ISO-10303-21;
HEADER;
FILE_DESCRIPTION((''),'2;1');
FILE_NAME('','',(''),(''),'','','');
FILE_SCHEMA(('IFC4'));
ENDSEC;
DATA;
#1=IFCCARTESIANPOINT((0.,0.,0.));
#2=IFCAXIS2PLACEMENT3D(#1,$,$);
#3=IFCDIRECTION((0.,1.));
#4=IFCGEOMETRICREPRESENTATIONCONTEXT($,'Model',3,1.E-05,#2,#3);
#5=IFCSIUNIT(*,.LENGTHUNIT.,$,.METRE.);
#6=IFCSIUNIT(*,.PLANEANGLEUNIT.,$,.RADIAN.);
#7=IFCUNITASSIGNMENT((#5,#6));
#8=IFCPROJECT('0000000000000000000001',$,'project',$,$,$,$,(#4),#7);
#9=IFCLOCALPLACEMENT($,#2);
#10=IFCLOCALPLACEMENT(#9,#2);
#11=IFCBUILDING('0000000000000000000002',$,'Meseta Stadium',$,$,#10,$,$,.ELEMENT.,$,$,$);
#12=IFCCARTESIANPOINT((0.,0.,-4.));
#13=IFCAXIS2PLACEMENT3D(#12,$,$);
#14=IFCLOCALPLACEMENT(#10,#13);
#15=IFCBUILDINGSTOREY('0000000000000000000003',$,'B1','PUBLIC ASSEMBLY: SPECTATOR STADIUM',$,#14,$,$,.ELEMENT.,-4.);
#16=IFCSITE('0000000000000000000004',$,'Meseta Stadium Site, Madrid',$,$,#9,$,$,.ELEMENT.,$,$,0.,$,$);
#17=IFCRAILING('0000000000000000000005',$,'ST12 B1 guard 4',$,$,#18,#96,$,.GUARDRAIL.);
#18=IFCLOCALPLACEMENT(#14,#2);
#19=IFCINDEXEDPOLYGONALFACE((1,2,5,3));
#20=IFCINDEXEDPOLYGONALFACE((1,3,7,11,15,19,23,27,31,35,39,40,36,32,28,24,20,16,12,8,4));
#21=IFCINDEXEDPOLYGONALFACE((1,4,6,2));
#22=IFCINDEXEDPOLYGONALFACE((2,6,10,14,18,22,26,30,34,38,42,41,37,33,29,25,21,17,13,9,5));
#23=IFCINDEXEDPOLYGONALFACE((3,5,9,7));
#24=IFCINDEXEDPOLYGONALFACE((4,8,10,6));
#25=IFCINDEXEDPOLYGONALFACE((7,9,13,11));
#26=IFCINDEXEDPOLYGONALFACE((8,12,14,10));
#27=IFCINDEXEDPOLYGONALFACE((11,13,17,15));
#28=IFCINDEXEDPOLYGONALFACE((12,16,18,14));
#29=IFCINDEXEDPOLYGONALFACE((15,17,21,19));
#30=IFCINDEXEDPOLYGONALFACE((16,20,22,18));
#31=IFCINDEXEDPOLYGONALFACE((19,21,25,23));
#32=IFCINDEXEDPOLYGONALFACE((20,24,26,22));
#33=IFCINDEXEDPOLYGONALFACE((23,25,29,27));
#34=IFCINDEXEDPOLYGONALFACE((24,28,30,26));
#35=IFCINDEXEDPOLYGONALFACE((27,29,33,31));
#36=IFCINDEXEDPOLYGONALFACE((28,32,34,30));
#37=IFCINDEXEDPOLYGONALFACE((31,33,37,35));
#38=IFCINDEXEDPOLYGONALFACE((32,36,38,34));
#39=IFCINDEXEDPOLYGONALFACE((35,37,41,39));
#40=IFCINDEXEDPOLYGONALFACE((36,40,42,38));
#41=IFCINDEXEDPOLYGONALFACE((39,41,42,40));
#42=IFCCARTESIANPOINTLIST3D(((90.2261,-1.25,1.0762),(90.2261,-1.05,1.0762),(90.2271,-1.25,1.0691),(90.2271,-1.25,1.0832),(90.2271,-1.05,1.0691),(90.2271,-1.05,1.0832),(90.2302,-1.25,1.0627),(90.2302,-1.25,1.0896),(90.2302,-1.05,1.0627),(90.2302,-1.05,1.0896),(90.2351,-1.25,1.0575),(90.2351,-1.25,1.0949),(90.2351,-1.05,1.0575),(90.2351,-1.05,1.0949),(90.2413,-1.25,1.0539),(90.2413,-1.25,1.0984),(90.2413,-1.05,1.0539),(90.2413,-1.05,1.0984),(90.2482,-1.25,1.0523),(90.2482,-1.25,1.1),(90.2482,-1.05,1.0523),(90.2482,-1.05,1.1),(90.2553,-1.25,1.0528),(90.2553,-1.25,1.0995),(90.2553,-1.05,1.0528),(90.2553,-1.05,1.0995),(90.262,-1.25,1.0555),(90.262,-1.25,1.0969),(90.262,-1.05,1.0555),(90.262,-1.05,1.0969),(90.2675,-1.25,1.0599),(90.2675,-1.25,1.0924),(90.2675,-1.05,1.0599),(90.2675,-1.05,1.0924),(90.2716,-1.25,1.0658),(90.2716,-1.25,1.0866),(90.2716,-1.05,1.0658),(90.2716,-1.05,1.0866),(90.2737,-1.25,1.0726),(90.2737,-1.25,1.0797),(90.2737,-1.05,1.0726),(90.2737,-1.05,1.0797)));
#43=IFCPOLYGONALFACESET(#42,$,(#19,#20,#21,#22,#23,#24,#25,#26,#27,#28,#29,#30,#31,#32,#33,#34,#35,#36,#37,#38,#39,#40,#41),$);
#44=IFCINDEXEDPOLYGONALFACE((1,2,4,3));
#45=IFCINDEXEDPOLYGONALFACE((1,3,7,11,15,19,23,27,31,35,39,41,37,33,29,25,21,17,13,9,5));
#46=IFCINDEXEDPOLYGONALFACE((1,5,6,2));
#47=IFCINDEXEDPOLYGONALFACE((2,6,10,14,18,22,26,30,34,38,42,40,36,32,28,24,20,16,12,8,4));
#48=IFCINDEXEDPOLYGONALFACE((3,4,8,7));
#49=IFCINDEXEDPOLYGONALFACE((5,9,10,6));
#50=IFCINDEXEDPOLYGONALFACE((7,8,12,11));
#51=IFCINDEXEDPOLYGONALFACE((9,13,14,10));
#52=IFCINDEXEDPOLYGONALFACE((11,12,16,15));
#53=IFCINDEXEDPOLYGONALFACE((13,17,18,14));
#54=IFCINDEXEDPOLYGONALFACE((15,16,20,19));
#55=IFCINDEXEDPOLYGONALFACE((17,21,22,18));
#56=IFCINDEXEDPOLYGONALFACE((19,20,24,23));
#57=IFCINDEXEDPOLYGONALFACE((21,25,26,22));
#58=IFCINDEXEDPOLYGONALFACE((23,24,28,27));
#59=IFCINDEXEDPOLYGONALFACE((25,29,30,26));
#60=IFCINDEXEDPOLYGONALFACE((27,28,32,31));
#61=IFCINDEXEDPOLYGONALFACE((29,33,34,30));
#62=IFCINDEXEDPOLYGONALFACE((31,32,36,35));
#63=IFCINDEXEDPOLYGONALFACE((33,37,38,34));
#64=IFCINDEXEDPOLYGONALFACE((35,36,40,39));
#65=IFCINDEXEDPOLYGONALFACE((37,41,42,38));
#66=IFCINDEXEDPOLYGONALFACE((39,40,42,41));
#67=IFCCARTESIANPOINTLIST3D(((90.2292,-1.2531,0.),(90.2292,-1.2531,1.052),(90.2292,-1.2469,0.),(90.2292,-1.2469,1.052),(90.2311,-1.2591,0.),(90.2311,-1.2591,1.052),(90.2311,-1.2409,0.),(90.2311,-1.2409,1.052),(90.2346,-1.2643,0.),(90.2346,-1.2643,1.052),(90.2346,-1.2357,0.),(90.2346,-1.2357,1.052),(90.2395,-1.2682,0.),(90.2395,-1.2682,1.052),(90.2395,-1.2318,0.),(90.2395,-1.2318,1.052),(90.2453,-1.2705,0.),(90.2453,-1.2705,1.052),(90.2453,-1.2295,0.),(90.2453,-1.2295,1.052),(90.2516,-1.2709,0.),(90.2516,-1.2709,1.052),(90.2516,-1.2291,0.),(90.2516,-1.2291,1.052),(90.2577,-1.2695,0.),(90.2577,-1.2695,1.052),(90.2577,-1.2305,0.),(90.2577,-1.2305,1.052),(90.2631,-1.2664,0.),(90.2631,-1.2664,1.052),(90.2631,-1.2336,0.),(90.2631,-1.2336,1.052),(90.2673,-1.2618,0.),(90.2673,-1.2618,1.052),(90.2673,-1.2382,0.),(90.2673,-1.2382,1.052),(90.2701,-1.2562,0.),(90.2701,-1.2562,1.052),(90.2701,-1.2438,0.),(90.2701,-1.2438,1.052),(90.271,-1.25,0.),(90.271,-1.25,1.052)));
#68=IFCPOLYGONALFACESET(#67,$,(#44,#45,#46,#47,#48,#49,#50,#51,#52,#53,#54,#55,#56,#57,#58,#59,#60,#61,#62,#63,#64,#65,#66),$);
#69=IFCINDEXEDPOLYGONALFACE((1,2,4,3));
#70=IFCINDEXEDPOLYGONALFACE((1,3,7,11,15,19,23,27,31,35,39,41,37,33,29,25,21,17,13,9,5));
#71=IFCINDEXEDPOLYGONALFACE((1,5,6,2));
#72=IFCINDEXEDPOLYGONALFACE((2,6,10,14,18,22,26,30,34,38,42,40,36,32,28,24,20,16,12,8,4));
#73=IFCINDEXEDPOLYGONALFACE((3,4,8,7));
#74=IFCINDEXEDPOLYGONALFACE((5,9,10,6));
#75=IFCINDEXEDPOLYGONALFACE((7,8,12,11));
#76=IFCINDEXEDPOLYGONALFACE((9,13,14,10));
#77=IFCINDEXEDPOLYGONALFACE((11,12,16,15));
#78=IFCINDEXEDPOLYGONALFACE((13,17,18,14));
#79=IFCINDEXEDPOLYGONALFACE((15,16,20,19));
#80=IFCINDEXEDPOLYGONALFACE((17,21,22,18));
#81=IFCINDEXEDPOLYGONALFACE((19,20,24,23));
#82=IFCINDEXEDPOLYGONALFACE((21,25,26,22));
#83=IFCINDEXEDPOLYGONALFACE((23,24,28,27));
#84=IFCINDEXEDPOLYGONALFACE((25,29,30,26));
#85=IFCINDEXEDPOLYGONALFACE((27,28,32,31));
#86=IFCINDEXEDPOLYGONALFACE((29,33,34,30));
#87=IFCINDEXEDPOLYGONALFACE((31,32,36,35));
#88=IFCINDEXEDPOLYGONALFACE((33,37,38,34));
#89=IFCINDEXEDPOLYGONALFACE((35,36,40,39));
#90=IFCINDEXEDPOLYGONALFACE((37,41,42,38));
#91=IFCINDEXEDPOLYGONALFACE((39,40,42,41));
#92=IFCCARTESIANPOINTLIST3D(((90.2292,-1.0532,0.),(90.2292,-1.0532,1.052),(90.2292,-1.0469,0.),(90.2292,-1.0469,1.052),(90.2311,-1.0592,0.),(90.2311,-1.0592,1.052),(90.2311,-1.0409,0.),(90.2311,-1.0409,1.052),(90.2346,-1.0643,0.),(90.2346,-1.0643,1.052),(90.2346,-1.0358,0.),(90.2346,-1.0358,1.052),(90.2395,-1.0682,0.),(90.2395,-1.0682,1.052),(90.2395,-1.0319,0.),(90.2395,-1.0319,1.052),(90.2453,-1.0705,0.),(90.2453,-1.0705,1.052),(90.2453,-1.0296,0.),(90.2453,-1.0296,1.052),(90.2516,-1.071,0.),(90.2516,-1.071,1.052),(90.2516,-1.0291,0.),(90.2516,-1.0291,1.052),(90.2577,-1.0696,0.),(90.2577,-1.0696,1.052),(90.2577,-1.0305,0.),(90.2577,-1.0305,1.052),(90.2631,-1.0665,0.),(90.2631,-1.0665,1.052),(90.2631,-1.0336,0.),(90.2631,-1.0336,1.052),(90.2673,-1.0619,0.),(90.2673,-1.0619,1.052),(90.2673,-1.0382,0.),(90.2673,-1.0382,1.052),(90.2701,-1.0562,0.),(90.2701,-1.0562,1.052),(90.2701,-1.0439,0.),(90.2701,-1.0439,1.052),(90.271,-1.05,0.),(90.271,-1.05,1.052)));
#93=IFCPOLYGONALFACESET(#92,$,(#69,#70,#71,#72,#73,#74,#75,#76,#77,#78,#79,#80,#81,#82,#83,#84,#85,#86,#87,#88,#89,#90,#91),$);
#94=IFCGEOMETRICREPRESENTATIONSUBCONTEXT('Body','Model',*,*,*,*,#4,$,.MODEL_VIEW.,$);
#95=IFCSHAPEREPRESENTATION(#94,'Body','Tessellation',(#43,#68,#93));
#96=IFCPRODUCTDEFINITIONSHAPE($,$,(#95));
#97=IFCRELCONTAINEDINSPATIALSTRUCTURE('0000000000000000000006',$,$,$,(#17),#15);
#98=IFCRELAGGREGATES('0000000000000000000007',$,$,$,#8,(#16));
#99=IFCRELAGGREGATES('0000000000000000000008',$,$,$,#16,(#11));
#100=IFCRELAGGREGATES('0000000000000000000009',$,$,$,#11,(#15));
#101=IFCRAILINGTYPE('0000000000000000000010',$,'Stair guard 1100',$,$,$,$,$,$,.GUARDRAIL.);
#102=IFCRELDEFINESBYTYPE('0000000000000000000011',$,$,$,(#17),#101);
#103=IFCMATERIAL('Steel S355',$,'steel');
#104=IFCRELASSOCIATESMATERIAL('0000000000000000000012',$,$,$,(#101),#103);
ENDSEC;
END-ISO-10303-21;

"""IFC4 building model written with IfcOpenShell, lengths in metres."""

from ifc_helpers import new_model, si_unit, direction, frame, origin, origin_2d, place, context, subcontext, project, spatial, circle, extrude, material, type_object, element, save


model = new_model("IFC4")

# Units and contexts
model_context = context("Model", 3, precision=1e-05, world=origin(), true_north=direction((0.0, 1.0)))
body_context = subcontext(model_context, "Body", "Model", "MODEL_VIEW")
ifc_project = project(units=[si_unit("LENGTHUNIT", "METRE"), si_unit("PLANEANGLEUNIT", "RADIAN")], contexts=[model_context])

# Site, building, storey
site_placement = place(None, origin())
site = spatial("IfcSite", under=ifc_project, at=site_placement, Name="Meseta Stadium Site, Madrid", CompositionType="ELEMENT", RefElevation=0.0)
building_placement = place(site_placement, origin())
building = spatial("IfcBuilding", under=site, at=building_placement, Name="Meseta Stadium", CompositionType="ELEMENT")
storey_placement = place(building_placement, frame((0.0, 0.0, -4.0)))
storey = spatial("IfcBuildingStorey", under=building, at=storey_placement, Name="B1", Description="PUBLIC ASSEMBLY: SPECTATOR STADIUM", CompositionType="ELEMENT", Elevation=-4.0)

# Railing
ifc_material_1 = material(Name="Steel S355", Category="steel")
railing_type_1 = type_object("IfcRailingType", Name="Stair guard 1100", PredefinedType="GUARDRAIL", material=ifc_material_1)
railing_1_placement = place(storey_placement, frame((90.25, -1.25, 0.0)))
element("IfcRailing", 1, at=railing_1_placement, inside=storey, type_object=railing_type_1, Name="ST12 B1 guard 4", PredefinedType="GUARDRAIL", context=body_context, shape_type="SweptSolid", body=[
    extrude(circle(Radius=0.0239, at=origin_2d()), frame((0.0, 0.0, 1.0762), z_axis=(0.0, 1.0, 0.0), x_axis=(-1.0, 0.0, 0.0)), (0.0, 0.0, 1.0), 0.2),
    extrude(circle(Radius=0.021, at=origin_2d()), origin(), (0.0, 0.0, 1.0), 1.052),
    extrude(circle(Radius=0.021, at=origin_2d()), frame((0.0, 0.2, 0.0)), (0.0, 0.0, 1.0), 1.052),
])

save(model, "model.ifc")
